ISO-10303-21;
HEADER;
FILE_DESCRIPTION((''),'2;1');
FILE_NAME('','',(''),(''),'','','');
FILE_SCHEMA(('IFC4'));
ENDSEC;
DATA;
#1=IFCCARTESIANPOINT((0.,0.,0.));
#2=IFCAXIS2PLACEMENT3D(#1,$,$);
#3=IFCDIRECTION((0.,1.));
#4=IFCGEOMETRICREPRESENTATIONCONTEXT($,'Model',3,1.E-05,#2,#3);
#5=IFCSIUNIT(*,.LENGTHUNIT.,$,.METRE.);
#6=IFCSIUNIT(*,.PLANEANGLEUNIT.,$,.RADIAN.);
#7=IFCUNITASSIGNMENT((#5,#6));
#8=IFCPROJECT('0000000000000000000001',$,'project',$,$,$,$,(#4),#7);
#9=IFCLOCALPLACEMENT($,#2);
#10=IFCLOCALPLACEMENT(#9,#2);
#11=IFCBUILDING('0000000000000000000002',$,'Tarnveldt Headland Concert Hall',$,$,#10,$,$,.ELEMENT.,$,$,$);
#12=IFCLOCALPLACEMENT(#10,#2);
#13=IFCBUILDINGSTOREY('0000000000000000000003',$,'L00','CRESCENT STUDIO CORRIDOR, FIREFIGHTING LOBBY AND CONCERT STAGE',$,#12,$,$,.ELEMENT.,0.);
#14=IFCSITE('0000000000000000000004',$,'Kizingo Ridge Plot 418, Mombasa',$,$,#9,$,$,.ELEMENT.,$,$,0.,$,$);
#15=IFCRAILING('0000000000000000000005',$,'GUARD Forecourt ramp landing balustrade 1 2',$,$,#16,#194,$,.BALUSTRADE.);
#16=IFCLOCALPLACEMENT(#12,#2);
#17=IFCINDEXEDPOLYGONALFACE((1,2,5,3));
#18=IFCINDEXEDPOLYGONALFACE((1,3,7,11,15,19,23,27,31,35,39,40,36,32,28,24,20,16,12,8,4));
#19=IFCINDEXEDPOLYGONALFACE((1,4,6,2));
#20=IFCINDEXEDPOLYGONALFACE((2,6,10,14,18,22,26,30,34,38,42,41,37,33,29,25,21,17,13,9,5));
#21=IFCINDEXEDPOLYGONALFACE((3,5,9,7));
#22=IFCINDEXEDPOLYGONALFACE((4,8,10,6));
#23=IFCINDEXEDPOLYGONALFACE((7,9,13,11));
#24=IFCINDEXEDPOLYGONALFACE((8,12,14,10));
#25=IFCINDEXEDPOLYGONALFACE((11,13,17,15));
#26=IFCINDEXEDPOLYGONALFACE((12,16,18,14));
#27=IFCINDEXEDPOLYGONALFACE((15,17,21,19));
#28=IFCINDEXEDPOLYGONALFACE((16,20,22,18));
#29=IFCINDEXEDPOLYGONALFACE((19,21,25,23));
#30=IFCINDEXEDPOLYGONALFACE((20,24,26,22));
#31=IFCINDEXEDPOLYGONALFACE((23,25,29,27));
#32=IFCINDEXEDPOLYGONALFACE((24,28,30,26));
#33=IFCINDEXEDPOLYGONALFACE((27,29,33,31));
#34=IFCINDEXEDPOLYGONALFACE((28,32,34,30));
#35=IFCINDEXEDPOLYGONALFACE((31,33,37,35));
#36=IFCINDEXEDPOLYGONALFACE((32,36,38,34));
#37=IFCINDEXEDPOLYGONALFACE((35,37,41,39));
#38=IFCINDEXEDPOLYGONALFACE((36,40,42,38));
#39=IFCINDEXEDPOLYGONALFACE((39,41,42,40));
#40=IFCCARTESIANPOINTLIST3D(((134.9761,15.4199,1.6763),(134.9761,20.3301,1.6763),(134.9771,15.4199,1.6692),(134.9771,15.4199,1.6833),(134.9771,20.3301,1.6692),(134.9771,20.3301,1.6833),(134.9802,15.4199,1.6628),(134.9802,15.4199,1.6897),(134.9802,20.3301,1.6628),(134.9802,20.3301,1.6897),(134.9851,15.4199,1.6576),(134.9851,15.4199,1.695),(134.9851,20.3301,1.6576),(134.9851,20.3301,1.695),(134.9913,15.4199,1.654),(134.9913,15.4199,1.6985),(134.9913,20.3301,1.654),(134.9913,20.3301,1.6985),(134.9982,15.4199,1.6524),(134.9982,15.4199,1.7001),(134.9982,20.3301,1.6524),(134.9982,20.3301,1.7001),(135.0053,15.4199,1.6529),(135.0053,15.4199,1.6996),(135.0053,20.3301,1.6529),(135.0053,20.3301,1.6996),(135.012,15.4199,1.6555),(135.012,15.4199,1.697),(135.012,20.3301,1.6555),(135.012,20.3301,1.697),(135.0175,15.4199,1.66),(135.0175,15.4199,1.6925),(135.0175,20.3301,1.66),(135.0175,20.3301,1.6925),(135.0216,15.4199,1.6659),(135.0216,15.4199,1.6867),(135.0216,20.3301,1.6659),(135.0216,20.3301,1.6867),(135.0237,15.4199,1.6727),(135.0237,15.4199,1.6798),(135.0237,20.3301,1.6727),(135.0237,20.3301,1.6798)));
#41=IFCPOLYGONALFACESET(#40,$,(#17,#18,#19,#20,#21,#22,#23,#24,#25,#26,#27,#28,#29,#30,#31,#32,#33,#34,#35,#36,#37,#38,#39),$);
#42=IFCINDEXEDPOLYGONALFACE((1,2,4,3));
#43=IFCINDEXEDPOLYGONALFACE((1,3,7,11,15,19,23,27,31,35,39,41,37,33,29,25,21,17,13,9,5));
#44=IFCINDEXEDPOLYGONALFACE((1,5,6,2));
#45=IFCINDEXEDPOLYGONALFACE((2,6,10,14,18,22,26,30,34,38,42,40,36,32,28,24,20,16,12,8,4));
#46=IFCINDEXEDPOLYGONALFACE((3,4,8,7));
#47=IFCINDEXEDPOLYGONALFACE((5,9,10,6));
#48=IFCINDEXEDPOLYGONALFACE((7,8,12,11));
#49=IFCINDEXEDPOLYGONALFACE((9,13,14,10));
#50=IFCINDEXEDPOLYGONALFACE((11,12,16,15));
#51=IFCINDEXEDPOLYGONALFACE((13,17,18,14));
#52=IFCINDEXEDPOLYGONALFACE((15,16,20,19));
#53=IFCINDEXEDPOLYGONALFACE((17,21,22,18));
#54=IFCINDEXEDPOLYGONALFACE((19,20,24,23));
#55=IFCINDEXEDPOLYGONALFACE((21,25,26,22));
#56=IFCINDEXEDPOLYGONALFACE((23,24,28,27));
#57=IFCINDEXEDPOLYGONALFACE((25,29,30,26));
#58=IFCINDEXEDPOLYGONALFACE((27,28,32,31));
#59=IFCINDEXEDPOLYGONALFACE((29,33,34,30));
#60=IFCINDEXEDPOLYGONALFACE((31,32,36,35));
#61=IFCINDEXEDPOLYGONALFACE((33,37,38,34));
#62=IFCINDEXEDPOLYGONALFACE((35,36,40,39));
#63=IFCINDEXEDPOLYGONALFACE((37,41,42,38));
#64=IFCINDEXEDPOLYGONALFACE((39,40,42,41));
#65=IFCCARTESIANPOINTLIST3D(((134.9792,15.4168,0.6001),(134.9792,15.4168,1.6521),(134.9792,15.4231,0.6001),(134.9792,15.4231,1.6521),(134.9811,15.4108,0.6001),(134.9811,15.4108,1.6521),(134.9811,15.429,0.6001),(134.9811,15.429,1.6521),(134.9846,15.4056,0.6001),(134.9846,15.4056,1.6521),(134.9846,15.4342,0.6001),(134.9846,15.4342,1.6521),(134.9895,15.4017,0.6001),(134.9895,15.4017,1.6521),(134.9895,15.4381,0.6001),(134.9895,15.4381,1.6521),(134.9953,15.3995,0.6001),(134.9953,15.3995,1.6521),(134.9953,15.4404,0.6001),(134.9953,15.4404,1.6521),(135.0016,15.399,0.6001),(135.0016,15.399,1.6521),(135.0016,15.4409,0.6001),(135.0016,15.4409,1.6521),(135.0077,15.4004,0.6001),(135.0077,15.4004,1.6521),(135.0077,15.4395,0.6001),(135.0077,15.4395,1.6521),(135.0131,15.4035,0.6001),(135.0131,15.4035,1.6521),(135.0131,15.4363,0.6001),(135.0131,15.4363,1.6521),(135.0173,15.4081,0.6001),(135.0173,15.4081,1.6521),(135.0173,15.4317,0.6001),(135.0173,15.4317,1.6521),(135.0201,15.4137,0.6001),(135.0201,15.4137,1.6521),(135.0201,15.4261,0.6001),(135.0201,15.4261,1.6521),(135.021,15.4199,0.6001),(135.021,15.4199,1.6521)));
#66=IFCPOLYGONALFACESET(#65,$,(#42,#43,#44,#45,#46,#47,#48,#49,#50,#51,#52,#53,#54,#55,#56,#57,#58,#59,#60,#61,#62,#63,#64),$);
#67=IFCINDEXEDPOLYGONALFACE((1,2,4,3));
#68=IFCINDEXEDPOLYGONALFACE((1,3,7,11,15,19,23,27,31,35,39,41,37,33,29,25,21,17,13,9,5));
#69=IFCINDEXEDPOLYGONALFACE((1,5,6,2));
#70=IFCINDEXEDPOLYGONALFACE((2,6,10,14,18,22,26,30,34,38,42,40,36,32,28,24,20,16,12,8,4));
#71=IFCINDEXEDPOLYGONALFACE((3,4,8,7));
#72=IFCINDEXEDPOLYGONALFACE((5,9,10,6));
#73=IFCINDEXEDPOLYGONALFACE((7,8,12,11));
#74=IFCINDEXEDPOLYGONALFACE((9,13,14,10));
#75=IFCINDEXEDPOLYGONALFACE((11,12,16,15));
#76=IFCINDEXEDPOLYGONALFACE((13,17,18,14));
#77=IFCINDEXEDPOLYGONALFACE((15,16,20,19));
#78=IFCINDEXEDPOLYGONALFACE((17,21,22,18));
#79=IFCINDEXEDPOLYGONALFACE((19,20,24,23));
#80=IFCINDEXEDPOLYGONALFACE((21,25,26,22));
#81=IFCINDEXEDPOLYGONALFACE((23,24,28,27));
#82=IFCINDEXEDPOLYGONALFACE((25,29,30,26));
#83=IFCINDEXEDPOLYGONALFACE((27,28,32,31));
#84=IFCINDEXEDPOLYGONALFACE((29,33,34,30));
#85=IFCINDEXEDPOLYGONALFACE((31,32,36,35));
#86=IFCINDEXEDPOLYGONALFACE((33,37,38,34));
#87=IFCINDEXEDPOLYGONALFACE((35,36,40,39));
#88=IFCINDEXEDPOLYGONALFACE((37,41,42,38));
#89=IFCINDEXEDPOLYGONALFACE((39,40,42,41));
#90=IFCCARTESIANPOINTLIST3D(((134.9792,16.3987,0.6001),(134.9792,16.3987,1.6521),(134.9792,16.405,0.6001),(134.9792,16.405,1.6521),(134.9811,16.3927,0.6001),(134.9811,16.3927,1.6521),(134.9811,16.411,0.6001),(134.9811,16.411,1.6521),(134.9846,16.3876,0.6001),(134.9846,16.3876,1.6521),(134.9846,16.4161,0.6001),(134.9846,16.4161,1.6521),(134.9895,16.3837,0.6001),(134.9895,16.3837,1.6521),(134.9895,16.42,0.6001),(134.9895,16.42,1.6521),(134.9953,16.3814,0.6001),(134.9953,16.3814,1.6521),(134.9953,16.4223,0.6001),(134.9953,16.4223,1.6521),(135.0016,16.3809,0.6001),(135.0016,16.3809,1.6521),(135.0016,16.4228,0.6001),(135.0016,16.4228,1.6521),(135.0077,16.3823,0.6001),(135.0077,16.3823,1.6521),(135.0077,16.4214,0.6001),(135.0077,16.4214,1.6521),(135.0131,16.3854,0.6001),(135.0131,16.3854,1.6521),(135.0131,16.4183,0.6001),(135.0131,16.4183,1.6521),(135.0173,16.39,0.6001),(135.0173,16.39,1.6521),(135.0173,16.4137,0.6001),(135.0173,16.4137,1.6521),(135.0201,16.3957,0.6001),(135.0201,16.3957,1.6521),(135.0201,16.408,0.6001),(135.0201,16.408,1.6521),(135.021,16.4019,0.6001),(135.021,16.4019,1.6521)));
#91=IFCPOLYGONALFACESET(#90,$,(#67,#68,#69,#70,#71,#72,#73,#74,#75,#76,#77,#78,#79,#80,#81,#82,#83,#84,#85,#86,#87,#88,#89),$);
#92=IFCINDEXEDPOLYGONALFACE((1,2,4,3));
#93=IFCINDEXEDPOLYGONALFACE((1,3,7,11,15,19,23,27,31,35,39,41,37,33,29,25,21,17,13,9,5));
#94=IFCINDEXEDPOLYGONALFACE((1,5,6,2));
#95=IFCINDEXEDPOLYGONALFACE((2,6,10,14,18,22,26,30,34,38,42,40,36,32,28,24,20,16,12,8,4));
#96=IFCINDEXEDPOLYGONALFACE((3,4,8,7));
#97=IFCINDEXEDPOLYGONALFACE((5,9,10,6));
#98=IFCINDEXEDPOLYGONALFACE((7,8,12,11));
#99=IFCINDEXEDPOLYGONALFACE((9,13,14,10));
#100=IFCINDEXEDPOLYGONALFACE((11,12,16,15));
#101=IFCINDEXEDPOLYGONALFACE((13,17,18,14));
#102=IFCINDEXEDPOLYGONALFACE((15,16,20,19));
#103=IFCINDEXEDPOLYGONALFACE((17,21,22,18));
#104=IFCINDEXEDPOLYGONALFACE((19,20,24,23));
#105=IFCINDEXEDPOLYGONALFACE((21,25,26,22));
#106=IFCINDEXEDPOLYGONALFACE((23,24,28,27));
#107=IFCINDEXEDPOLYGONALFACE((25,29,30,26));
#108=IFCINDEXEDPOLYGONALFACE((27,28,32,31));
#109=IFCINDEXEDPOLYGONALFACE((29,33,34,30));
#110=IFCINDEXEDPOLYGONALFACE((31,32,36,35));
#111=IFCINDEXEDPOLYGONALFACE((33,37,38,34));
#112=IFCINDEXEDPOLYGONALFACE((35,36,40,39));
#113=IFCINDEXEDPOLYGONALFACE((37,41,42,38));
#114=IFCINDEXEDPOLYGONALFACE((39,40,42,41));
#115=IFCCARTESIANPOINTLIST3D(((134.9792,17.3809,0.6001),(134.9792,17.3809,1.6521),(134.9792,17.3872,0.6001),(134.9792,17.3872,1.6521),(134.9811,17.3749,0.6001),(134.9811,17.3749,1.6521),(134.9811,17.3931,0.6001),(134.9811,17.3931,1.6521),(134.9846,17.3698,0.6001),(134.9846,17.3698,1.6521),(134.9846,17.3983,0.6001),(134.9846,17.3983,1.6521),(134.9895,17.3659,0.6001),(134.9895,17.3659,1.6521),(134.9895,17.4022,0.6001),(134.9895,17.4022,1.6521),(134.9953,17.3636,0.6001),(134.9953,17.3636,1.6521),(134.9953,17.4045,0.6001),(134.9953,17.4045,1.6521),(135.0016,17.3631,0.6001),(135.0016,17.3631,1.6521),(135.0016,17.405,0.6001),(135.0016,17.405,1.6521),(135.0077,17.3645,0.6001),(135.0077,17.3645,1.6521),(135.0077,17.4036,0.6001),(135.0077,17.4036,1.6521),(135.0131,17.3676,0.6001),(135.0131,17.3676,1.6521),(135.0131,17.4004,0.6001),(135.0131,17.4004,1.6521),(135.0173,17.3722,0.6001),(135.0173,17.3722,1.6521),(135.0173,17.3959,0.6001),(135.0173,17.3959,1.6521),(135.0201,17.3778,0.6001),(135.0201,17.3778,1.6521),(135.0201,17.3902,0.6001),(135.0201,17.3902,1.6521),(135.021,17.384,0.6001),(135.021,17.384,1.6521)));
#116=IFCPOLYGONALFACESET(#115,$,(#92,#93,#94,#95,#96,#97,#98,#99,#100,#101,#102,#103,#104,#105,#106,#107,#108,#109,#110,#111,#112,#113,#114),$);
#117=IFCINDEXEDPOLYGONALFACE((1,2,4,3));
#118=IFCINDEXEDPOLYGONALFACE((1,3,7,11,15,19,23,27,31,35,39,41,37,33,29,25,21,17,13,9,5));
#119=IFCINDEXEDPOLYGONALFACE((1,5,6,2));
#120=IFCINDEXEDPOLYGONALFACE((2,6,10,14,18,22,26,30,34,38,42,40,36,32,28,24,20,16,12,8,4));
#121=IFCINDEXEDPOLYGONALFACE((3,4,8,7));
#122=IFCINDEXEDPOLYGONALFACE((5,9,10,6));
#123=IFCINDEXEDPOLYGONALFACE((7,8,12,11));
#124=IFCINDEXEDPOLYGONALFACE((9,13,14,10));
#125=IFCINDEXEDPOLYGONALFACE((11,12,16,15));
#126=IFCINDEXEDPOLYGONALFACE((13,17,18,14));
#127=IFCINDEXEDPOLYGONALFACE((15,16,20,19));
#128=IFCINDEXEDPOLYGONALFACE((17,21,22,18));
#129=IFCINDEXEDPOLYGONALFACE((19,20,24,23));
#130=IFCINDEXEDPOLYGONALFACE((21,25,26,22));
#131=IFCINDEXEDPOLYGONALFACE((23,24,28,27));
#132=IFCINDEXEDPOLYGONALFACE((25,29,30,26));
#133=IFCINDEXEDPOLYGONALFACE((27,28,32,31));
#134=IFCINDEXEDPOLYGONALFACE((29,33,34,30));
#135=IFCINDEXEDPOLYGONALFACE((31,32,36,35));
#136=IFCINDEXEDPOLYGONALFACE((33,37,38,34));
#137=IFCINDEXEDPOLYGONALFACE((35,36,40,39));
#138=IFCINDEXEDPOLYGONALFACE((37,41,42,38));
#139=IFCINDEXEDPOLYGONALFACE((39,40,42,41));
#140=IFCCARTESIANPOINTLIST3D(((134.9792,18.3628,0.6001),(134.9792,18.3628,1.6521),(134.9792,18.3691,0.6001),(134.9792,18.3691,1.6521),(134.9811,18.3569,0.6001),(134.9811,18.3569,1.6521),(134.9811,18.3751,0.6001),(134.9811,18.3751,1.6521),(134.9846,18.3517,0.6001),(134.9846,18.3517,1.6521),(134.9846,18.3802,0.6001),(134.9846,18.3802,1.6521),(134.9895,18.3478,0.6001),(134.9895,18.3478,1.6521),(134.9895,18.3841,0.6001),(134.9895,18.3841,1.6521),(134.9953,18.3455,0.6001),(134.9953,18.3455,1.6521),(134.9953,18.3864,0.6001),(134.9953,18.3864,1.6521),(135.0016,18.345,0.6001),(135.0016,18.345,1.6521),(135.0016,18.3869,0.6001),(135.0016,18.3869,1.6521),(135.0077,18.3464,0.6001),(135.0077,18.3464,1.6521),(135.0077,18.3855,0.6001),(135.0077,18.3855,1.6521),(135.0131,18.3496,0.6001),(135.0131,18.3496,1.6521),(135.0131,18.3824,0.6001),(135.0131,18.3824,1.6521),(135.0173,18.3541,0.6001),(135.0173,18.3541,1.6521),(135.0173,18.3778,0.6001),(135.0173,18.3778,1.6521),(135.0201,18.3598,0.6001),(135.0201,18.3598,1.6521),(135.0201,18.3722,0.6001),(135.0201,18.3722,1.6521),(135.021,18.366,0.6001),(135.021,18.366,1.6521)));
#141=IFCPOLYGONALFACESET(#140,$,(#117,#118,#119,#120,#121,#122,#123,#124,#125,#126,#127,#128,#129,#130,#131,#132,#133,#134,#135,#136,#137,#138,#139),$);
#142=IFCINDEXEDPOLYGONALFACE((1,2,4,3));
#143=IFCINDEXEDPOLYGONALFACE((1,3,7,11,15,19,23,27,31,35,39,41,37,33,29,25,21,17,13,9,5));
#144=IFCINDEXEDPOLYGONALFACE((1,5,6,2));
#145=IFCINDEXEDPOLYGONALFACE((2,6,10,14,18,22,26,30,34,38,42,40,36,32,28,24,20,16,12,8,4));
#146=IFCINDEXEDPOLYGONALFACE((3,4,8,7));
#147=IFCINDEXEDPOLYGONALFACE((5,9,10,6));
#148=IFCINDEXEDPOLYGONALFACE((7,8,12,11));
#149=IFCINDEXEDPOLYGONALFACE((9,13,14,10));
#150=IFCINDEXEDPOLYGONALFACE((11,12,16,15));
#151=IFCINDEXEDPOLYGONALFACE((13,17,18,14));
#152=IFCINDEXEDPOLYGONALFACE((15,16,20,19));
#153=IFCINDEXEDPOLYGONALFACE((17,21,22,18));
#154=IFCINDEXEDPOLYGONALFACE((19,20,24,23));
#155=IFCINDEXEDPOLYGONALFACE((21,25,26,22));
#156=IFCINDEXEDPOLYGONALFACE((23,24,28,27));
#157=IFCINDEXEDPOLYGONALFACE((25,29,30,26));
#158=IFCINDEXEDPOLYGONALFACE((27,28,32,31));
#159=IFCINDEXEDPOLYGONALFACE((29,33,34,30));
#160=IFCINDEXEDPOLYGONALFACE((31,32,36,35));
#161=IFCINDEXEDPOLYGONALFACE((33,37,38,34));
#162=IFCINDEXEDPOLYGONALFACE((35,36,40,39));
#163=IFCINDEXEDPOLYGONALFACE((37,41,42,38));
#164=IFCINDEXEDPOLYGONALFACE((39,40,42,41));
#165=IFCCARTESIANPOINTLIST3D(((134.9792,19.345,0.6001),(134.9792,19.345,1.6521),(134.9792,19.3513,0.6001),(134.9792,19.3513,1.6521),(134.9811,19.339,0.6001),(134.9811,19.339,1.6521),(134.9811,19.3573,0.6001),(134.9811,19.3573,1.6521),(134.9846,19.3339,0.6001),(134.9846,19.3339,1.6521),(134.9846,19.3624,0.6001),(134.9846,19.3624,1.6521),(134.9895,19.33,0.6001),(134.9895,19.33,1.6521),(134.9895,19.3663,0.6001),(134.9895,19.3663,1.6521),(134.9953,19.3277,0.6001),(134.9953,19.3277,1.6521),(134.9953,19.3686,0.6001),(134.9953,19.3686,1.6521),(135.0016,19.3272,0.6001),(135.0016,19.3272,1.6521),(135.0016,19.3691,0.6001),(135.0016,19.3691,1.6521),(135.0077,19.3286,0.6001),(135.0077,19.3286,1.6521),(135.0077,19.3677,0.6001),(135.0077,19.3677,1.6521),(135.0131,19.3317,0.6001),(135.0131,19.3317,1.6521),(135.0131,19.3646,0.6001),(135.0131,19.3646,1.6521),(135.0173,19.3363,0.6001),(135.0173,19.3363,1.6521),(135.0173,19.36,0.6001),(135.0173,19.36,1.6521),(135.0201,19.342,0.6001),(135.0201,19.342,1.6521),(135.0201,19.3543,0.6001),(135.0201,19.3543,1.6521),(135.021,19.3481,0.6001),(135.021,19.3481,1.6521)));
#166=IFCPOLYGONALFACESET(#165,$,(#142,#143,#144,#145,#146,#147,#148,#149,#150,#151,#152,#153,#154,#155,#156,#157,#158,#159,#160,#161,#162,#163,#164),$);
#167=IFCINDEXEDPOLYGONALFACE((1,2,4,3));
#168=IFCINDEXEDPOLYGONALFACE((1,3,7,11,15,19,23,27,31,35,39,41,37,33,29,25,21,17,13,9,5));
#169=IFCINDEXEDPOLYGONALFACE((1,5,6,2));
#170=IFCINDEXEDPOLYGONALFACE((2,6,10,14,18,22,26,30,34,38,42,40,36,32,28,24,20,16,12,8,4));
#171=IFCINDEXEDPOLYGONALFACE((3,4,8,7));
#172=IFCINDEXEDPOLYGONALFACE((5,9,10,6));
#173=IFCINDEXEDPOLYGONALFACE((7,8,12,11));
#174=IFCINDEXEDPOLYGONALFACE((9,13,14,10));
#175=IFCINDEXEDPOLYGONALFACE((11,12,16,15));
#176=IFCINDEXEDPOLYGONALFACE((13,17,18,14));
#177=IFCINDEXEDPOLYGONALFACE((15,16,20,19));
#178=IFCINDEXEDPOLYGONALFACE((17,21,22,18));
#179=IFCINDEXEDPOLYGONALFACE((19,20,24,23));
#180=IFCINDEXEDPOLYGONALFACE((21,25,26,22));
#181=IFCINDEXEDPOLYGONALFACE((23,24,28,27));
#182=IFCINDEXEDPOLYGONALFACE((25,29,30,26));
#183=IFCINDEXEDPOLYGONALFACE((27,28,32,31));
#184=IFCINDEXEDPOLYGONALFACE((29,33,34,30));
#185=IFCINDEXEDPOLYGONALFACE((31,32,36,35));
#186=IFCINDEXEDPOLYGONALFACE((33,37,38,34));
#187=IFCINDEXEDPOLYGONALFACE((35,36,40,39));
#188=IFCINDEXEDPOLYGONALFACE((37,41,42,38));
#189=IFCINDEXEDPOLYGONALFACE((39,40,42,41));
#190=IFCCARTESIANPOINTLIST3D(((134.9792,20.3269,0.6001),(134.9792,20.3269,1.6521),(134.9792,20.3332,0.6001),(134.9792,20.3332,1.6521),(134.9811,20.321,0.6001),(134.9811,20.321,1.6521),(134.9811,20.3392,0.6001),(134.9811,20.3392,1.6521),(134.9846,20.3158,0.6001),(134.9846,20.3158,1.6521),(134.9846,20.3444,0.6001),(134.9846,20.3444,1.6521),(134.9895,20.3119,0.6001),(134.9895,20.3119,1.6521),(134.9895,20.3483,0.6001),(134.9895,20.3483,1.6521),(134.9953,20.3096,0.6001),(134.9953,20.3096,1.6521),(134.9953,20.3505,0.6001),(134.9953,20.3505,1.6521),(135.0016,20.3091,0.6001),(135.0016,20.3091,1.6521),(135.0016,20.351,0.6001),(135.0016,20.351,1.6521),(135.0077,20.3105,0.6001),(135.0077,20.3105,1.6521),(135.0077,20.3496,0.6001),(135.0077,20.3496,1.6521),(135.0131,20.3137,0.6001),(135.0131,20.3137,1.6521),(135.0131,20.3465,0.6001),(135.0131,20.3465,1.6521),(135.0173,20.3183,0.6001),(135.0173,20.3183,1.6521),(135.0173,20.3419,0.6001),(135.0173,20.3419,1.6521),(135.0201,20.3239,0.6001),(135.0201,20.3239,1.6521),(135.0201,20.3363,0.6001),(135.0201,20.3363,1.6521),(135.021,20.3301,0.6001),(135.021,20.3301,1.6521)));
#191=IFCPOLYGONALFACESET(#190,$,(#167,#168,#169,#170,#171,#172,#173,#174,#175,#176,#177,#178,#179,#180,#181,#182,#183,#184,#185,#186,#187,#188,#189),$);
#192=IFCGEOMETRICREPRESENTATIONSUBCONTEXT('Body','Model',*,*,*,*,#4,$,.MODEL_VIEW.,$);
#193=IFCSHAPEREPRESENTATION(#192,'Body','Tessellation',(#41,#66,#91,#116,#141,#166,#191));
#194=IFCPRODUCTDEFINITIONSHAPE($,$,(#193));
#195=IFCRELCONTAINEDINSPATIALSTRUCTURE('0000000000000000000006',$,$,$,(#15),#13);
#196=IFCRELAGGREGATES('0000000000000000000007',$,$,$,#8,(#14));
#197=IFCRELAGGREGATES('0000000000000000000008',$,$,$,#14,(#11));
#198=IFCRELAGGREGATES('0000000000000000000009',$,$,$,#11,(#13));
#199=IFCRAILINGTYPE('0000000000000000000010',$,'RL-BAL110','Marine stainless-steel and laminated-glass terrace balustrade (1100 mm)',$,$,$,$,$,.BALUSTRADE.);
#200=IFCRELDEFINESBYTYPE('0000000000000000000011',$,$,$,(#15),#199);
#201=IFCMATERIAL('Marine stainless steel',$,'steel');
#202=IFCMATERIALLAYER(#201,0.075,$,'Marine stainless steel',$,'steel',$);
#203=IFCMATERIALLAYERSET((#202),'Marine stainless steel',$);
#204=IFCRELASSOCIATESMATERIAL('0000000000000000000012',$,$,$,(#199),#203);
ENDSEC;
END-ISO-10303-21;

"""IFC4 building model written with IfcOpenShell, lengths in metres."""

from ifc_helpers import new_model, si_unit, direction, frame, origin, origin_2d, place, context, subcontext, project, spatial, circle, extrude, material, layer, layer_set, type_object, element, save


model = new_model("IFC4")

# Units and contexts
model_context = context("Model", 3, precision=1e-05, world=origin(), true_north=direction((0.0, 1.0)))
body_context = subcontext(model_context, "Body", "Model", "MODEL_VIEW")
ifc_project = project(units=[si_unit("LENGTHUNIT", "METRE"), si_unit("PLANEANGLEUNIT", "RADIAN")], contexts=[model_context])

# Site, building, storey
site_placement = place(None, origin())
site = spatial("IfcSite", under=ifc_project, at=site_placement, Name="Kizingo Ridge Plot 418, Mombasa", CompositionType="ELEMENT", RefElevation=0.0)
building_placement = place(site_placement, origin())
building = spatial("IfcBuilding", under=site, at=building_placement, Name="Tarnveldt Headland Concert Hall", CompositionType="ELEMENT")
storey_placement = place(building_placement, origin())
storey = spatial("IfcBuildingStorey", under=building, at=storey_placement, Name="L00", Description="CRESCENT STUDIO CORRIDOR, FIREFIGHTING LOBBY AND CONCERT STAGE", CompositionType="ELEMENT", Elevation=0.0)

# Railing
ifc_material_1 = material(Name="Marine stainless steel", Category="steel")
ifc_layer_1 = layer(ifc_material_1, 0.075, Name="Marine stainless steel", Category="steel")
ifc_layer_set_1 = layer_set([ifc_layer_1], Name="Marine stainless steel")
railing_type = type_object("IfcRailingType", Name="RL-BAL110", Description="Marine stainless-steel and laminated-glass terrace balustrade (1100 mm)", PredefinedType="BALUSTRADE", material=ifc_layer_set_1)
railing_1_placement = place(storey_placement, frame((135.0, 15.4199, 0.6001)))
element("IfcRailing", 1, at=railing_1_placement, inside=storey, type_object=railing_type, Name="GUARD Forecourt ramp landing balustrade 1 2", PredefinedType="BALUSTRADE", context=body_context, shape_type="SweptSolid", body=[
    extrude(circle(Radius=0.0239, at=origin_2d()), frame((0.0, 0.0, 1.0762), z_axis=(0.0, 1.0, 0.0), x_axis=(-1.0, 0.0, 0.0)), (0.0, 0.0, 1.0), 4.9102),
    extrude(circle(Radius=0.021, at=origin_2d()), origin(), (0.0, 0.0, 1.0), 1.052),
    extrude(circle(Radius=0.021, at=origin_2d()), frame((0.0, 0.9819, 0.0)), (0.0, 0.0, 1.0), 1.052),
    extrude(circle(Radius=0.021, at=origin_2d()), frame((0.0, 1.9641, 0.0)), (0.0, 0.0, 1.0), 1.052),
    extrude(circle(Radius=0.021, at=origin_2d()), frame((0.0, 2.946, 0.0)), (0.0, 0.0, 1.0), 1.052),
    extrude(circle(Radius=0.021, at=origin_2d()), frame((0.0, 3.9282, 0.0)), (0.0, 0.0, 1.0), 1.052),
    extrude(circle(Radius=0.021, at=origin_2d()), frame((0.0, 4.9102, 0.0)), (0.0, 0.0, 1.0), 1.052),
])

save(model, "model.ifc")
